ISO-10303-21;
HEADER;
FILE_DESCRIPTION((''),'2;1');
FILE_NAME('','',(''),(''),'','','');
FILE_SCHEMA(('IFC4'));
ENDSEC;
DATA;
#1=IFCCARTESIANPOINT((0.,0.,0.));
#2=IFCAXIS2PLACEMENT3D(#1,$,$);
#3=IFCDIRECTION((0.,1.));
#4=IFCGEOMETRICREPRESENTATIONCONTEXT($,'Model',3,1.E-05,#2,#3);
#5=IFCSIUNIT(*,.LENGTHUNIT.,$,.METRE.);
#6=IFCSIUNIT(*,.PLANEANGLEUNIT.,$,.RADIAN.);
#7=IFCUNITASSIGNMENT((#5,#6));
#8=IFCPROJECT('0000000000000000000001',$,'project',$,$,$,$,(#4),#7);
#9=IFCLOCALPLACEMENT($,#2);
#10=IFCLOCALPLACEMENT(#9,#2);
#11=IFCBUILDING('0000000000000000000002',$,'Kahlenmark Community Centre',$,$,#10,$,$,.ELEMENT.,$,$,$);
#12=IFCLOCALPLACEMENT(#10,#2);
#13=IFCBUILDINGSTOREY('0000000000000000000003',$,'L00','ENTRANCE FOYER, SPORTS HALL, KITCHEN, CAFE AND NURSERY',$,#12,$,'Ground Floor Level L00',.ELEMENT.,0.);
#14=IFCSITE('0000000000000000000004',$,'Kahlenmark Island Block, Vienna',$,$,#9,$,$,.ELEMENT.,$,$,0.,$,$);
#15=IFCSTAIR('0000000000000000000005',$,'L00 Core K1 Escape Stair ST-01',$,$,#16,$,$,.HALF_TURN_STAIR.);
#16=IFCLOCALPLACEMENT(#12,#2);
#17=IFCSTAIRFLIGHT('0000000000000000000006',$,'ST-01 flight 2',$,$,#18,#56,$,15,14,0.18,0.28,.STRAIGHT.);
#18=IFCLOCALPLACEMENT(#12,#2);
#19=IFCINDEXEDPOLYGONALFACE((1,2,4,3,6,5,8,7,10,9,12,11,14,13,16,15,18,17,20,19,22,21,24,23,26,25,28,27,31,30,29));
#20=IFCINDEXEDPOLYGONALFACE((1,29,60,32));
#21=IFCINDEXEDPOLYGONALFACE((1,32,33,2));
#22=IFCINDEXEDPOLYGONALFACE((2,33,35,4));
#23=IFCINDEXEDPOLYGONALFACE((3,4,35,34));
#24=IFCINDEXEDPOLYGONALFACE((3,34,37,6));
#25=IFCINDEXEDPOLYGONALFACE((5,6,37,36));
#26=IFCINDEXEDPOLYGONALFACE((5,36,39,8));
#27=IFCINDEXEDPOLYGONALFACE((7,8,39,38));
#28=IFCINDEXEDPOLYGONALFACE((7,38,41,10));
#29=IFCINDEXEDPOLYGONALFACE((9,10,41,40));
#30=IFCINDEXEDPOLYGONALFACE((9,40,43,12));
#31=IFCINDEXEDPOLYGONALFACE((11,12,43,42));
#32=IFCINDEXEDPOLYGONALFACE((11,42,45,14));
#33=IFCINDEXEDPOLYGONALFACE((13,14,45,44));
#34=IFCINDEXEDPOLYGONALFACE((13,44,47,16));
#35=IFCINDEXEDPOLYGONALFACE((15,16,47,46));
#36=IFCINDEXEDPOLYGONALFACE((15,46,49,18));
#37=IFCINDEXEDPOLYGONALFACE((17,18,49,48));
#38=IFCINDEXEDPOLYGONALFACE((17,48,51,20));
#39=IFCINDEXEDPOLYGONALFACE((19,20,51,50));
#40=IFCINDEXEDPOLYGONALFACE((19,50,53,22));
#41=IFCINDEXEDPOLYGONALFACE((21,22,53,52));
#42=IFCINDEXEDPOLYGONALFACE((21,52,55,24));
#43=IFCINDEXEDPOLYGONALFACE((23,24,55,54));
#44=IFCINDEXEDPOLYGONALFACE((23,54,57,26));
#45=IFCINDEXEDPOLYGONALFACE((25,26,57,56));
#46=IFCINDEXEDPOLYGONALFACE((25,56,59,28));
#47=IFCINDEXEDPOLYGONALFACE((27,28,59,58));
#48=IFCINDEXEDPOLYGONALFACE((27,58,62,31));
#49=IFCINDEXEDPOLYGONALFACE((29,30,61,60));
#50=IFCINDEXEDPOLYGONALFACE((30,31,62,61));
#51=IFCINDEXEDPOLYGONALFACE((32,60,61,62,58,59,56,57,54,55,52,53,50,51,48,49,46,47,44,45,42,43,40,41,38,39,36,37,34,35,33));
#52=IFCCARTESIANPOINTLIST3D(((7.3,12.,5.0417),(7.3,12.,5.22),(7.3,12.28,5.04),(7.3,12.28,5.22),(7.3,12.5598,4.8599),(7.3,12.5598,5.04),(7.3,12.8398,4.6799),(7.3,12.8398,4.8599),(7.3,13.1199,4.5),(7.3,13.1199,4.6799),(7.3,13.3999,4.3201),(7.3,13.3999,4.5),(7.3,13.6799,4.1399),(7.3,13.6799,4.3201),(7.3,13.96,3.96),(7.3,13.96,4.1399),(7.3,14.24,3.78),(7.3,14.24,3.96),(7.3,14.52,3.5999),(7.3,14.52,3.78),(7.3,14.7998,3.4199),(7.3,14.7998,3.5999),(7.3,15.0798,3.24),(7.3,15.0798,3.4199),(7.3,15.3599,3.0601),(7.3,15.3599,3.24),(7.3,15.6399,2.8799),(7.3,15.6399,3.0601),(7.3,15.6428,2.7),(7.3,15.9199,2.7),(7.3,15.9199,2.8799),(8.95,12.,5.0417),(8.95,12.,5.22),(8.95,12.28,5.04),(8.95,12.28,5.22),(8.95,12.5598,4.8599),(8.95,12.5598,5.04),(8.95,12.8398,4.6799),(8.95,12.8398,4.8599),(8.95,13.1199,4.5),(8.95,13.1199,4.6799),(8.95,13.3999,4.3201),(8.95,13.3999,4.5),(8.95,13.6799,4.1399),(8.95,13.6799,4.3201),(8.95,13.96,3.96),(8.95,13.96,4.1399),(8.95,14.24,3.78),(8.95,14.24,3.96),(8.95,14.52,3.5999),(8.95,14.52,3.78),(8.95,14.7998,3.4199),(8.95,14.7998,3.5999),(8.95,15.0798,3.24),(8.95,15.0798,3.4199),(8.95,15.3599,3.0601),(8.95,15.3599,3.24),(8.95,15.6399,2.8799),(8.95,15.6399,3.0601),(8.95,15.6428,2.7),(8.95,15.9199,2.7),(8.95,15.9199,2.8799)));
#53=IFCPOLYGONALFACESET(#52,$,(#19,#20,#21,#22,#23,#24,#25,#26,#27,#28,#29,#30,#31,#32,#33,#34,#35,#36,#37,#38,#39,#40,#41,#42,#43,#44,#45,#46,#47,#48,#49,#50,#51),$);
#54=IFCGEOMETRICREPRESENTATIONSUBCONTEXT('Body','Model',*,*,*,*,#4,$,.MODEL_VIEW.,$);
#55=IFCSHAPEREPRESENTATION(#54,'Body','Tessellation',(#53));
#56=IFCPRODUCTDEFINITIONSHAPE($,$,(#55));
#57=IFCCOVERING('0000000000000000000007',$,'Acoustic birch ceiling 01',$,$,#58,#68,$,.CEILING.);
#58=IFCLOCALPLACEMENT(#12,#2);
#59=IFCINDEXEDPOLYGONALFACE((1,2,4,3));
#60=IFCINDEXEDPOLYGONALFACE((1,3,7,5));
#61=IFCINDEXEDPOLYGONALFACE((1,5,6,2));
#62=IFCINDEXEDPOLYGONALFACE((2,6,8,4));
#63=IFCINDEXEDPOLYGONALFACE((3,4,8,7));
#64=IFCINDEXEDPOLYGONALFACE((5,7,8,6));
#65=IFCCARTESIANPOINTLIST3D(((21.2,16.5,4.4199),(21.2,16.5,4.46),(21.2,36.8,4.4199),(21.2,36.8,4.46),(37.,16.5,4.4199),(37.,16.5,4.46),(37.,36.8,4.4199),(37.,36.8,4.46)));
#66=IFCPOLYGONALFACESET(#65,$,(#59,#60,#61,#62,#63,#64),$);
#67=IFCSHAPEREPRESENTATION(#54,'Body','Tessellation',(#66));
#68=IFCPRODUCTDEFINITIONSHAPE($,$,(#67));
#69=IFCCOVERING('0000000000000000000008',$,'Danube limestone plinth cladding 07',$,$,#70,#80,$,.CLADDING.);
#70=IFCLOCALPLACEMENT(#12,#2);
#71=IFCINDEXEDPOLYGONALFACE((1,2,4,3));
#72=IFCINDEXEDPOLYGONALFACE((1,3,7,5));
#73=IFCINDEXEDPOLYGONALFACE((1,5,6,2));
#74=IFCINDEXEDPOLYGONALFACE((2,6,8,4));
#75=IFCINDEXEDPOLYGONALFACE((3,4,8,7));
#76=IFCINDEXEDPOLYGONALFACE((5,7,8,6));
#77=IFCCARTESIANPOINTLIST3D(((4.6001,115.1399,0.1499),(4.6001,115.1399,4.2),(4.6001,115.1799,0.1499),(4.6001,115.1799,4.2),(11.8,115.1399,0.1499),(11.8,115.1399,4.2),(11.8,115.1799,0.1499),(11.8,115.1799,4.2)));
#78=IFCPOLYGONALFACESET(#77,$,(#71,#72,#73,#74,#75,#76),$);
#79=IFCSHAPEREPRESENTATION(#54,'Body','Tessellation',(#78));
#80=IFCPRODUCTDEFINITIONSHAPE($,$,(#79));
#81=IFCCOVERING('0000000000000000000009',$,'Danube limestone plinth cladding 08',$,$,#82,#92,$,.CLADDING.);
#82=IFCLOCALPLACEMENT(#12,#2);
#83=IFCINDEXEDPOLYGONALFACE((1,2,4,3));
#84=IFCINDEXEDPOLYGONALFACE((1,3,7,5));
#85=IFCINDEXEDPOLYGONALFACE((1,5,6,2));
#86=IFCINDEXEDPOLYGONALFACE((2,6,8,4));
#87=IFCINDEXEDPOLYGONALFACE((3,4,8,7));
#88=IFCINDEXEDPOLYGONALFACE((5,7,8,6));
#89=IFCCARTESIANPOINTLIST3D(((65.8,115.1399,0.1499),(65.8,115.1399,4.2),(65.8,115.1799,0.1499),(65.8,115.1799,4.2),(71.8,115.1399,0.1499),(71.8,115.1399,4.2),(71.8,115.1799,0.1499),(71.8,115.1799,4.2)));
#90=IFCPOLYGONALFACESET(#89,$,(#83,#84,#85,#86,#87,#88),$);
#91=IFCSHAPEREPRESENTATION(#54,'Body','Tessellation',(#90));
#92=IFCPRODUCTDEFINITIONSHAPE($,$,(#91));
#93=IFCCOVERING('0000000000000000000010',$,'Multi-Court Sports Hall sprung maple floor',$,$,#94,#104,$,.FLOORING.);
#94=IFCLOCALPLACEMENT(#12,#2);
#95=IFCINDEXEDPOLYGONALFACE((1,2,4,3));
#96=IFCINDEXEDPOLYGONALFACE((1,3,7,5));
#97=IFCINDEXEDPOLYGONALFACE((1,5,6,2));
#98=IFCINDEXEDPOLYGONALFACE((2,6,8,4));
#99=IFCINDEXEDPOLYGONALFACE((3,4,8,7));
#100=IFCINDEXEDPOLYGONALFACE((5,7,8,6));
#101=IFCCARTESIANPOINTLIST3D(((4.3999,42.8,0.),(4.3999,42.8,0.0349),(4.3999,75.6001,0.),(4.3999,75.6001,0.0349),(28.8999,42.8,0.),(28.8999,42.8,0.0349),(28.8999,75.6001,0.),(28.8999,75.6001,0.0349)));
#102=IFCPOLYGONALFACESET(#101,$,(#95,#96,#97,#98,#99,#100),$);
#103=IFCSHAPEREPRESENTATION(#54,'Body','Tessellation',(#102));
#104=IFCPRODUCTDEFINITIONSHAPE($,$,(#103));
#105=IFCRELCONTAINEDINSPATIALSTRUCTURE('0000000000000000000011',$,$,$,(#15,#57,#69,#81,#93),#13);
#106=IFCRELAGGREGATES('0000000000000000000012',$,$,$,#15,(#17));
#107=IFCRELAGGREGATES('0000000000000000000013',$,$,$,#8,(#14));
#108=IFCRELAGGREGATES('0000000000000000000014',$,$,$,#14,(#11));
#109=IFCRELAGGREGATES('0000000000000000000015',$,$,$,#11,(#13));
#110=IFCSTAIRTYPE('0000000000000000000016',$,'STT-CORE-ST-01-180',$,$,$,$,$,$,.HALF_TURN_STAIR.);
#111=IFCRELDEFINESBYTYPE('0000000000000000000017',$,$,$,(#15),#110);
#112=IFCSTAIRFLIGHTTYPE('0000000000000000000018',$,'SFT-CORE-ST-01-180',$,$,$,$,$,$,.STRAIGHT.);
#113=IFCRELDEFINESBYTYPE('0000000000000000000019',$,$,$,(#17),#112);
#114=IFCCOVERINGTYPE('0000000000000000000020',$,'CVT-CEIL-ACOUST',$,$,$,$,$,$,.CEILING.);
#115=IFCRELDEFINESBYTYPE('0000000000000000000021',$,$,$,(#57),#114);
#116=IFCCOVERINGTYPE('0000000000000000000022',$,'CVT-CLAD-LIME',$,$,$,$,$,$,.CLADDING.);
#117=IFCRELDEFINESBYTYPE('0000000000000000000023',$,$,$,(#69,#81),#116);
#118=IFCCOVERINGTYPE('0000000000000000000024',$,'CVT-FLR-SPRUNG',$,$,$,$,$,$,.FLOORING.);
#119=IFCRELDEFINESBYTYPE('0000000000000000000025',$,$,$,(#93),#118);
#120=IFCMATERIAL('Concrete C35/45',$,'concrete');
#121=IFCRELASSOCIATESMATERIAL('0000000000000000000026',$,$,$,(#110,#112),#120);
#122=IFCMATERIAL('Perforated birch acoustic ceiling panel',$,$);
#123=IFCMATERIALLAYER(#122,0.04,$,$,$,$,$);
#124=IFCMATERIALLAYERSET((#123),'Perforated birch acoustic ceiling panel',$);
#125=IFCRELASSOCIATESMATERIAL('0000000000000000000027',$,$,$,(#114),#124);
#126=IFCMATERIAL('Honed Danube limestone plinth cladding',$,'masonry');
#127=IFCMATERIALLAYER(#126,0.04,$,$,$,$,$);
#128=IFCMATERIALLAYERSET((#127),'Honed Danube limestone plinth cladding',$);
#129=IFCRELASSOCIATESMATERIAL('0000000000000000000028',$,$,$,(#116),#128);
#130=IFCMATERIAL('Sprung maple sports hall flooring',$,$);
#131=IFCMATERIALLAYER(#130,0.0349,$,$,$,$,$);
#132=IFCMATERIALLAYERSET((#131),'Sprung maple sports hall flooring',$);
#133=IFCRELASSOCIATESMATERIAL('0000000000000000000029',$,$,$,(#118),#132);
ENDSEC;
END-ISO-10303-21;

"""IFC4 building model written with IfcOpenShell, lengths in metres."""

from ifc_helpers import new_model, si_unit, direction, frame, origin, place, context, subcontext, project, spatial, polyline, outline, extrude, material, layer, layer_set, type_object, element, aggregate, save


model = new_model("IFC4")

# Units and contexts
model_context = context("Model", 3, precision=1e-05, world=origin(), true_north=direction((0.0, 1.0)))
body_context = subcontext(model_context, "Body", "Model", "MODEL_VIEW")
ifc_project = project(units=[si_unit("LENGTHUNIT", "METRE"), si_unit("PLANEANGLEUNIT", "RADIAN")], contexts=[model_context])

# Site, building, storey
site_placement = place(None, origin())
site = spatial("IfcSite", under=ifc_project, at=site_placement, Name="Kahlenmark Island Block, Vienna", CompositionType="ELEMENT", RefElevation=0.0)
building_placement = place(site_placement, origin())
building = spatial("IfcBuilding", under=site, at=building_placement, Name="Kahlenmark Community Centre", CompositionType="ELEMENT")
storey_placement = place(building_placement, origin())
storey = spatial("IfcBuildingStorey", under=building, at=storey_placement, Name="L00", Description="ENTRANCE FOYER, SPORTS HALL, KITCHEN, CAFE AND NURSERY", LongName="Ground Floor Level L00", CompositionType="ELEMENT", Elevation=0.0)

# Shared definitions
ifc_material_1 = material(Name="Concrete C35/45", Category="concrete")

# Stair, stair flight
stair_type = type_object("IfcStairType", Name="STT-CORE-ST-01-180", PredefinedType="HALF_TURN_STAIR", material=ifc_material_1)
stair_placement = place(storey_placement, origin())
stair = element("IfcStair", 1, at=stair_placement, inside=storey, type_object=stair_type, Name="L00 Core K1 Escape Stair ST-01", PredefinedType="HALF_TURN_STAIR")
stair_flight_type = type_object("IfcStairFlightType", Name="SFT-CORE-ST-01-180", PredefinedType="STRAIGHT", material=ifc_material_1)
stair_flight_1_placement = place(storey_placement, frame((8.125, 15.9199, 2.7), z_axis=(0.0, 0.0, 1.0), x_axis=(0.0, -1.0, 0.0)))
stair_flight_1 = element("IfcStairFlight", 2, at=stair_flight_1_placement, type_object=stair_flight_type, Name="ST-01 flight 2", NumberOfRisers=15, NumberOfTreads=14, PredefinedType="STRAIGHT", RiserHeight=0.18, TreadLength=0.28, context=body_context, shape_type="SweptSolid", body=[
    extrude(outline(polyline([(0.0, 0.0), (0.0, 0.1799), (0.28, 0.1799), (0.28, 0.3601), (0.5601, 0.3601), (0.5601, 0.54), (0.8401, 0.54), (0.8401, 0.72), (1.1201, 0.72), (1.1201, 0.8999), (1.3999, 0.8999), (1.3999, 1.0801), (1.6799, 1.0801), (1.6799, 1.26), (1.96, 1.26), (1.96, 1.4399), (2.24, 1.4399), (2.24, 1.6201), (2.52, 1.6201), (2.52, 1.8), (2.8, 1.8), (2.8, 1.98), (3.0801, 1.98), (3.0801, 2.1599), (3.3601, 2.1599), (3.3601, 2.3401), (3.6399, 2.3401), (3.6399, 2.52), (3.9199, 2.52), (3.9199, 2.7), (3.9199, 2.3418), (0.2771, 0.0), (0.0, 0.0)])), frame((0.0, 0.825, 0.0), z_axis=(0.0, -1.0, 0.0), x_axis=(1.0, 0.0, 0.0)), (0.0, 0.0, 1.0), 1.6499),
])
aggregate(stair, [stair_flight_1])

# Coverings
ifc_material_2 = material(Name="Perforated birch acoustic ceiling panel")
ifc_layer_1 = layer(ifc_material_2, 0.04)
ifc_layer_set_1 = layer_set([ifc_layer_1], Name="Perforated birch acoustic ceiling panel")
covering_type_1 = type_object("IfcCoveringType", Name="CVT-CEIL-ACOUST", PredefinedType="CEILING", material=ifc_layer_set_1)
covering_1_placement = place(storey_placement, frame((0.0, 0.0, 4.4199)))
element("IfcCovering", 3, at=covering_1_placement, inside=storey, type_object=covering_type_1, Name="Acoustic birch ceiling 01", PredefinedType="CEILING", context=body_context, shape_type="SweptSolid", body=[
    extrude(outline(polyline([(21.2, 16.5), (37.0, 16.5), (37.0, 36.8), (21.2, 36.8), (21.2, 16.5)])), origin(), (0.0, 0.0, 1.0), 0.04),
])
ifc_material_3 = material(Name="Honed Danube limestone plinth cladding", Category="masonry")
ifc_layer_2 = layer(ifc_material_3, 0.04)
ifc_layer_set_2 = layer_set([ifc_layer_2], Name="Honed Danube limestone plinth cladding")
covering_type_2 = type_object("IfcCoveringType", Name="CVT-CLAD-LIME", PredefinedType="CLADDING", material=ifc_layer_set_2)
covering_2_placement = place(storey_placement, frame((0.0, 0.0, 0.1499)))
element("IfcCovering", 4, at=covering_2_placement, inside=storey, type_object=covering_type_2, Name="Danube limestone plinth cladding 07", PredefinedType="CLADDING", context=body_context, shape_type="SweptSolid", body=[
    extrude(outline(polyline([(4.6001, 115.1399), (11.8, 115.1399), (11.8, 115.1799), (4.6001, 115.1799), (4.6001, 115.1399)])), origin(), (0.0, 0.0, 1.0), 4.05),
])
covering_3_placement = place(storey_placement, frame((0.0, 0.0, 0.1499)))
element("IfcCovering", 5, at=covering_3_placement, inside=storey, type_object=covering_type_2, Name="Danube limestone plinth cladding 08", PredefinedType="CLADDING", context=body_context, shape_type="SweptSolid", body=[
    extrude(outline(polyline([(65.8, 115.1399), (71.8, 115.1399), (71.8, 115.1799), (65.8, 115.1799), (65.8, 115.1399)])), origin(), (0.0, 0.0, 1.0), 4.05),
])
ifc_material_4 = material(Name="Sprung maple sports hall flooring")
ifc_layer_3 = layer(ifc_material_4, 0.0349)
ifc_layer_set_3 = layer_set([ifc_layer_3], Name="Sprung maple sports hall flooring")
covering_type_3 = type_object("IfcCoveringType", Name="CVT-FLR-SPRUNG", PredefinedType="FLOORING", material=ifc_layer_set_3)
covering_4_placement = place(storey_placement, origin())
element("IfcCovering", 6, at=covering_4_placement, inside=storey, type_object=covering_type_3, Name="Multi-Court Sports Hall sprung maple floor", PredefinedType="FLOORING", context=body_context, shape_type="SweptSolid", body=[
    extrude(outline(polyline([(4.3999, 42.8), (28.8999, 42.8), (28.8999, 75.6001), (4.3999, 75.6001), (4.3999, 42.8)])), origin(), (0.0, 0.0, 1.0), 0.0349),
])

save(model, "model.ifc")
